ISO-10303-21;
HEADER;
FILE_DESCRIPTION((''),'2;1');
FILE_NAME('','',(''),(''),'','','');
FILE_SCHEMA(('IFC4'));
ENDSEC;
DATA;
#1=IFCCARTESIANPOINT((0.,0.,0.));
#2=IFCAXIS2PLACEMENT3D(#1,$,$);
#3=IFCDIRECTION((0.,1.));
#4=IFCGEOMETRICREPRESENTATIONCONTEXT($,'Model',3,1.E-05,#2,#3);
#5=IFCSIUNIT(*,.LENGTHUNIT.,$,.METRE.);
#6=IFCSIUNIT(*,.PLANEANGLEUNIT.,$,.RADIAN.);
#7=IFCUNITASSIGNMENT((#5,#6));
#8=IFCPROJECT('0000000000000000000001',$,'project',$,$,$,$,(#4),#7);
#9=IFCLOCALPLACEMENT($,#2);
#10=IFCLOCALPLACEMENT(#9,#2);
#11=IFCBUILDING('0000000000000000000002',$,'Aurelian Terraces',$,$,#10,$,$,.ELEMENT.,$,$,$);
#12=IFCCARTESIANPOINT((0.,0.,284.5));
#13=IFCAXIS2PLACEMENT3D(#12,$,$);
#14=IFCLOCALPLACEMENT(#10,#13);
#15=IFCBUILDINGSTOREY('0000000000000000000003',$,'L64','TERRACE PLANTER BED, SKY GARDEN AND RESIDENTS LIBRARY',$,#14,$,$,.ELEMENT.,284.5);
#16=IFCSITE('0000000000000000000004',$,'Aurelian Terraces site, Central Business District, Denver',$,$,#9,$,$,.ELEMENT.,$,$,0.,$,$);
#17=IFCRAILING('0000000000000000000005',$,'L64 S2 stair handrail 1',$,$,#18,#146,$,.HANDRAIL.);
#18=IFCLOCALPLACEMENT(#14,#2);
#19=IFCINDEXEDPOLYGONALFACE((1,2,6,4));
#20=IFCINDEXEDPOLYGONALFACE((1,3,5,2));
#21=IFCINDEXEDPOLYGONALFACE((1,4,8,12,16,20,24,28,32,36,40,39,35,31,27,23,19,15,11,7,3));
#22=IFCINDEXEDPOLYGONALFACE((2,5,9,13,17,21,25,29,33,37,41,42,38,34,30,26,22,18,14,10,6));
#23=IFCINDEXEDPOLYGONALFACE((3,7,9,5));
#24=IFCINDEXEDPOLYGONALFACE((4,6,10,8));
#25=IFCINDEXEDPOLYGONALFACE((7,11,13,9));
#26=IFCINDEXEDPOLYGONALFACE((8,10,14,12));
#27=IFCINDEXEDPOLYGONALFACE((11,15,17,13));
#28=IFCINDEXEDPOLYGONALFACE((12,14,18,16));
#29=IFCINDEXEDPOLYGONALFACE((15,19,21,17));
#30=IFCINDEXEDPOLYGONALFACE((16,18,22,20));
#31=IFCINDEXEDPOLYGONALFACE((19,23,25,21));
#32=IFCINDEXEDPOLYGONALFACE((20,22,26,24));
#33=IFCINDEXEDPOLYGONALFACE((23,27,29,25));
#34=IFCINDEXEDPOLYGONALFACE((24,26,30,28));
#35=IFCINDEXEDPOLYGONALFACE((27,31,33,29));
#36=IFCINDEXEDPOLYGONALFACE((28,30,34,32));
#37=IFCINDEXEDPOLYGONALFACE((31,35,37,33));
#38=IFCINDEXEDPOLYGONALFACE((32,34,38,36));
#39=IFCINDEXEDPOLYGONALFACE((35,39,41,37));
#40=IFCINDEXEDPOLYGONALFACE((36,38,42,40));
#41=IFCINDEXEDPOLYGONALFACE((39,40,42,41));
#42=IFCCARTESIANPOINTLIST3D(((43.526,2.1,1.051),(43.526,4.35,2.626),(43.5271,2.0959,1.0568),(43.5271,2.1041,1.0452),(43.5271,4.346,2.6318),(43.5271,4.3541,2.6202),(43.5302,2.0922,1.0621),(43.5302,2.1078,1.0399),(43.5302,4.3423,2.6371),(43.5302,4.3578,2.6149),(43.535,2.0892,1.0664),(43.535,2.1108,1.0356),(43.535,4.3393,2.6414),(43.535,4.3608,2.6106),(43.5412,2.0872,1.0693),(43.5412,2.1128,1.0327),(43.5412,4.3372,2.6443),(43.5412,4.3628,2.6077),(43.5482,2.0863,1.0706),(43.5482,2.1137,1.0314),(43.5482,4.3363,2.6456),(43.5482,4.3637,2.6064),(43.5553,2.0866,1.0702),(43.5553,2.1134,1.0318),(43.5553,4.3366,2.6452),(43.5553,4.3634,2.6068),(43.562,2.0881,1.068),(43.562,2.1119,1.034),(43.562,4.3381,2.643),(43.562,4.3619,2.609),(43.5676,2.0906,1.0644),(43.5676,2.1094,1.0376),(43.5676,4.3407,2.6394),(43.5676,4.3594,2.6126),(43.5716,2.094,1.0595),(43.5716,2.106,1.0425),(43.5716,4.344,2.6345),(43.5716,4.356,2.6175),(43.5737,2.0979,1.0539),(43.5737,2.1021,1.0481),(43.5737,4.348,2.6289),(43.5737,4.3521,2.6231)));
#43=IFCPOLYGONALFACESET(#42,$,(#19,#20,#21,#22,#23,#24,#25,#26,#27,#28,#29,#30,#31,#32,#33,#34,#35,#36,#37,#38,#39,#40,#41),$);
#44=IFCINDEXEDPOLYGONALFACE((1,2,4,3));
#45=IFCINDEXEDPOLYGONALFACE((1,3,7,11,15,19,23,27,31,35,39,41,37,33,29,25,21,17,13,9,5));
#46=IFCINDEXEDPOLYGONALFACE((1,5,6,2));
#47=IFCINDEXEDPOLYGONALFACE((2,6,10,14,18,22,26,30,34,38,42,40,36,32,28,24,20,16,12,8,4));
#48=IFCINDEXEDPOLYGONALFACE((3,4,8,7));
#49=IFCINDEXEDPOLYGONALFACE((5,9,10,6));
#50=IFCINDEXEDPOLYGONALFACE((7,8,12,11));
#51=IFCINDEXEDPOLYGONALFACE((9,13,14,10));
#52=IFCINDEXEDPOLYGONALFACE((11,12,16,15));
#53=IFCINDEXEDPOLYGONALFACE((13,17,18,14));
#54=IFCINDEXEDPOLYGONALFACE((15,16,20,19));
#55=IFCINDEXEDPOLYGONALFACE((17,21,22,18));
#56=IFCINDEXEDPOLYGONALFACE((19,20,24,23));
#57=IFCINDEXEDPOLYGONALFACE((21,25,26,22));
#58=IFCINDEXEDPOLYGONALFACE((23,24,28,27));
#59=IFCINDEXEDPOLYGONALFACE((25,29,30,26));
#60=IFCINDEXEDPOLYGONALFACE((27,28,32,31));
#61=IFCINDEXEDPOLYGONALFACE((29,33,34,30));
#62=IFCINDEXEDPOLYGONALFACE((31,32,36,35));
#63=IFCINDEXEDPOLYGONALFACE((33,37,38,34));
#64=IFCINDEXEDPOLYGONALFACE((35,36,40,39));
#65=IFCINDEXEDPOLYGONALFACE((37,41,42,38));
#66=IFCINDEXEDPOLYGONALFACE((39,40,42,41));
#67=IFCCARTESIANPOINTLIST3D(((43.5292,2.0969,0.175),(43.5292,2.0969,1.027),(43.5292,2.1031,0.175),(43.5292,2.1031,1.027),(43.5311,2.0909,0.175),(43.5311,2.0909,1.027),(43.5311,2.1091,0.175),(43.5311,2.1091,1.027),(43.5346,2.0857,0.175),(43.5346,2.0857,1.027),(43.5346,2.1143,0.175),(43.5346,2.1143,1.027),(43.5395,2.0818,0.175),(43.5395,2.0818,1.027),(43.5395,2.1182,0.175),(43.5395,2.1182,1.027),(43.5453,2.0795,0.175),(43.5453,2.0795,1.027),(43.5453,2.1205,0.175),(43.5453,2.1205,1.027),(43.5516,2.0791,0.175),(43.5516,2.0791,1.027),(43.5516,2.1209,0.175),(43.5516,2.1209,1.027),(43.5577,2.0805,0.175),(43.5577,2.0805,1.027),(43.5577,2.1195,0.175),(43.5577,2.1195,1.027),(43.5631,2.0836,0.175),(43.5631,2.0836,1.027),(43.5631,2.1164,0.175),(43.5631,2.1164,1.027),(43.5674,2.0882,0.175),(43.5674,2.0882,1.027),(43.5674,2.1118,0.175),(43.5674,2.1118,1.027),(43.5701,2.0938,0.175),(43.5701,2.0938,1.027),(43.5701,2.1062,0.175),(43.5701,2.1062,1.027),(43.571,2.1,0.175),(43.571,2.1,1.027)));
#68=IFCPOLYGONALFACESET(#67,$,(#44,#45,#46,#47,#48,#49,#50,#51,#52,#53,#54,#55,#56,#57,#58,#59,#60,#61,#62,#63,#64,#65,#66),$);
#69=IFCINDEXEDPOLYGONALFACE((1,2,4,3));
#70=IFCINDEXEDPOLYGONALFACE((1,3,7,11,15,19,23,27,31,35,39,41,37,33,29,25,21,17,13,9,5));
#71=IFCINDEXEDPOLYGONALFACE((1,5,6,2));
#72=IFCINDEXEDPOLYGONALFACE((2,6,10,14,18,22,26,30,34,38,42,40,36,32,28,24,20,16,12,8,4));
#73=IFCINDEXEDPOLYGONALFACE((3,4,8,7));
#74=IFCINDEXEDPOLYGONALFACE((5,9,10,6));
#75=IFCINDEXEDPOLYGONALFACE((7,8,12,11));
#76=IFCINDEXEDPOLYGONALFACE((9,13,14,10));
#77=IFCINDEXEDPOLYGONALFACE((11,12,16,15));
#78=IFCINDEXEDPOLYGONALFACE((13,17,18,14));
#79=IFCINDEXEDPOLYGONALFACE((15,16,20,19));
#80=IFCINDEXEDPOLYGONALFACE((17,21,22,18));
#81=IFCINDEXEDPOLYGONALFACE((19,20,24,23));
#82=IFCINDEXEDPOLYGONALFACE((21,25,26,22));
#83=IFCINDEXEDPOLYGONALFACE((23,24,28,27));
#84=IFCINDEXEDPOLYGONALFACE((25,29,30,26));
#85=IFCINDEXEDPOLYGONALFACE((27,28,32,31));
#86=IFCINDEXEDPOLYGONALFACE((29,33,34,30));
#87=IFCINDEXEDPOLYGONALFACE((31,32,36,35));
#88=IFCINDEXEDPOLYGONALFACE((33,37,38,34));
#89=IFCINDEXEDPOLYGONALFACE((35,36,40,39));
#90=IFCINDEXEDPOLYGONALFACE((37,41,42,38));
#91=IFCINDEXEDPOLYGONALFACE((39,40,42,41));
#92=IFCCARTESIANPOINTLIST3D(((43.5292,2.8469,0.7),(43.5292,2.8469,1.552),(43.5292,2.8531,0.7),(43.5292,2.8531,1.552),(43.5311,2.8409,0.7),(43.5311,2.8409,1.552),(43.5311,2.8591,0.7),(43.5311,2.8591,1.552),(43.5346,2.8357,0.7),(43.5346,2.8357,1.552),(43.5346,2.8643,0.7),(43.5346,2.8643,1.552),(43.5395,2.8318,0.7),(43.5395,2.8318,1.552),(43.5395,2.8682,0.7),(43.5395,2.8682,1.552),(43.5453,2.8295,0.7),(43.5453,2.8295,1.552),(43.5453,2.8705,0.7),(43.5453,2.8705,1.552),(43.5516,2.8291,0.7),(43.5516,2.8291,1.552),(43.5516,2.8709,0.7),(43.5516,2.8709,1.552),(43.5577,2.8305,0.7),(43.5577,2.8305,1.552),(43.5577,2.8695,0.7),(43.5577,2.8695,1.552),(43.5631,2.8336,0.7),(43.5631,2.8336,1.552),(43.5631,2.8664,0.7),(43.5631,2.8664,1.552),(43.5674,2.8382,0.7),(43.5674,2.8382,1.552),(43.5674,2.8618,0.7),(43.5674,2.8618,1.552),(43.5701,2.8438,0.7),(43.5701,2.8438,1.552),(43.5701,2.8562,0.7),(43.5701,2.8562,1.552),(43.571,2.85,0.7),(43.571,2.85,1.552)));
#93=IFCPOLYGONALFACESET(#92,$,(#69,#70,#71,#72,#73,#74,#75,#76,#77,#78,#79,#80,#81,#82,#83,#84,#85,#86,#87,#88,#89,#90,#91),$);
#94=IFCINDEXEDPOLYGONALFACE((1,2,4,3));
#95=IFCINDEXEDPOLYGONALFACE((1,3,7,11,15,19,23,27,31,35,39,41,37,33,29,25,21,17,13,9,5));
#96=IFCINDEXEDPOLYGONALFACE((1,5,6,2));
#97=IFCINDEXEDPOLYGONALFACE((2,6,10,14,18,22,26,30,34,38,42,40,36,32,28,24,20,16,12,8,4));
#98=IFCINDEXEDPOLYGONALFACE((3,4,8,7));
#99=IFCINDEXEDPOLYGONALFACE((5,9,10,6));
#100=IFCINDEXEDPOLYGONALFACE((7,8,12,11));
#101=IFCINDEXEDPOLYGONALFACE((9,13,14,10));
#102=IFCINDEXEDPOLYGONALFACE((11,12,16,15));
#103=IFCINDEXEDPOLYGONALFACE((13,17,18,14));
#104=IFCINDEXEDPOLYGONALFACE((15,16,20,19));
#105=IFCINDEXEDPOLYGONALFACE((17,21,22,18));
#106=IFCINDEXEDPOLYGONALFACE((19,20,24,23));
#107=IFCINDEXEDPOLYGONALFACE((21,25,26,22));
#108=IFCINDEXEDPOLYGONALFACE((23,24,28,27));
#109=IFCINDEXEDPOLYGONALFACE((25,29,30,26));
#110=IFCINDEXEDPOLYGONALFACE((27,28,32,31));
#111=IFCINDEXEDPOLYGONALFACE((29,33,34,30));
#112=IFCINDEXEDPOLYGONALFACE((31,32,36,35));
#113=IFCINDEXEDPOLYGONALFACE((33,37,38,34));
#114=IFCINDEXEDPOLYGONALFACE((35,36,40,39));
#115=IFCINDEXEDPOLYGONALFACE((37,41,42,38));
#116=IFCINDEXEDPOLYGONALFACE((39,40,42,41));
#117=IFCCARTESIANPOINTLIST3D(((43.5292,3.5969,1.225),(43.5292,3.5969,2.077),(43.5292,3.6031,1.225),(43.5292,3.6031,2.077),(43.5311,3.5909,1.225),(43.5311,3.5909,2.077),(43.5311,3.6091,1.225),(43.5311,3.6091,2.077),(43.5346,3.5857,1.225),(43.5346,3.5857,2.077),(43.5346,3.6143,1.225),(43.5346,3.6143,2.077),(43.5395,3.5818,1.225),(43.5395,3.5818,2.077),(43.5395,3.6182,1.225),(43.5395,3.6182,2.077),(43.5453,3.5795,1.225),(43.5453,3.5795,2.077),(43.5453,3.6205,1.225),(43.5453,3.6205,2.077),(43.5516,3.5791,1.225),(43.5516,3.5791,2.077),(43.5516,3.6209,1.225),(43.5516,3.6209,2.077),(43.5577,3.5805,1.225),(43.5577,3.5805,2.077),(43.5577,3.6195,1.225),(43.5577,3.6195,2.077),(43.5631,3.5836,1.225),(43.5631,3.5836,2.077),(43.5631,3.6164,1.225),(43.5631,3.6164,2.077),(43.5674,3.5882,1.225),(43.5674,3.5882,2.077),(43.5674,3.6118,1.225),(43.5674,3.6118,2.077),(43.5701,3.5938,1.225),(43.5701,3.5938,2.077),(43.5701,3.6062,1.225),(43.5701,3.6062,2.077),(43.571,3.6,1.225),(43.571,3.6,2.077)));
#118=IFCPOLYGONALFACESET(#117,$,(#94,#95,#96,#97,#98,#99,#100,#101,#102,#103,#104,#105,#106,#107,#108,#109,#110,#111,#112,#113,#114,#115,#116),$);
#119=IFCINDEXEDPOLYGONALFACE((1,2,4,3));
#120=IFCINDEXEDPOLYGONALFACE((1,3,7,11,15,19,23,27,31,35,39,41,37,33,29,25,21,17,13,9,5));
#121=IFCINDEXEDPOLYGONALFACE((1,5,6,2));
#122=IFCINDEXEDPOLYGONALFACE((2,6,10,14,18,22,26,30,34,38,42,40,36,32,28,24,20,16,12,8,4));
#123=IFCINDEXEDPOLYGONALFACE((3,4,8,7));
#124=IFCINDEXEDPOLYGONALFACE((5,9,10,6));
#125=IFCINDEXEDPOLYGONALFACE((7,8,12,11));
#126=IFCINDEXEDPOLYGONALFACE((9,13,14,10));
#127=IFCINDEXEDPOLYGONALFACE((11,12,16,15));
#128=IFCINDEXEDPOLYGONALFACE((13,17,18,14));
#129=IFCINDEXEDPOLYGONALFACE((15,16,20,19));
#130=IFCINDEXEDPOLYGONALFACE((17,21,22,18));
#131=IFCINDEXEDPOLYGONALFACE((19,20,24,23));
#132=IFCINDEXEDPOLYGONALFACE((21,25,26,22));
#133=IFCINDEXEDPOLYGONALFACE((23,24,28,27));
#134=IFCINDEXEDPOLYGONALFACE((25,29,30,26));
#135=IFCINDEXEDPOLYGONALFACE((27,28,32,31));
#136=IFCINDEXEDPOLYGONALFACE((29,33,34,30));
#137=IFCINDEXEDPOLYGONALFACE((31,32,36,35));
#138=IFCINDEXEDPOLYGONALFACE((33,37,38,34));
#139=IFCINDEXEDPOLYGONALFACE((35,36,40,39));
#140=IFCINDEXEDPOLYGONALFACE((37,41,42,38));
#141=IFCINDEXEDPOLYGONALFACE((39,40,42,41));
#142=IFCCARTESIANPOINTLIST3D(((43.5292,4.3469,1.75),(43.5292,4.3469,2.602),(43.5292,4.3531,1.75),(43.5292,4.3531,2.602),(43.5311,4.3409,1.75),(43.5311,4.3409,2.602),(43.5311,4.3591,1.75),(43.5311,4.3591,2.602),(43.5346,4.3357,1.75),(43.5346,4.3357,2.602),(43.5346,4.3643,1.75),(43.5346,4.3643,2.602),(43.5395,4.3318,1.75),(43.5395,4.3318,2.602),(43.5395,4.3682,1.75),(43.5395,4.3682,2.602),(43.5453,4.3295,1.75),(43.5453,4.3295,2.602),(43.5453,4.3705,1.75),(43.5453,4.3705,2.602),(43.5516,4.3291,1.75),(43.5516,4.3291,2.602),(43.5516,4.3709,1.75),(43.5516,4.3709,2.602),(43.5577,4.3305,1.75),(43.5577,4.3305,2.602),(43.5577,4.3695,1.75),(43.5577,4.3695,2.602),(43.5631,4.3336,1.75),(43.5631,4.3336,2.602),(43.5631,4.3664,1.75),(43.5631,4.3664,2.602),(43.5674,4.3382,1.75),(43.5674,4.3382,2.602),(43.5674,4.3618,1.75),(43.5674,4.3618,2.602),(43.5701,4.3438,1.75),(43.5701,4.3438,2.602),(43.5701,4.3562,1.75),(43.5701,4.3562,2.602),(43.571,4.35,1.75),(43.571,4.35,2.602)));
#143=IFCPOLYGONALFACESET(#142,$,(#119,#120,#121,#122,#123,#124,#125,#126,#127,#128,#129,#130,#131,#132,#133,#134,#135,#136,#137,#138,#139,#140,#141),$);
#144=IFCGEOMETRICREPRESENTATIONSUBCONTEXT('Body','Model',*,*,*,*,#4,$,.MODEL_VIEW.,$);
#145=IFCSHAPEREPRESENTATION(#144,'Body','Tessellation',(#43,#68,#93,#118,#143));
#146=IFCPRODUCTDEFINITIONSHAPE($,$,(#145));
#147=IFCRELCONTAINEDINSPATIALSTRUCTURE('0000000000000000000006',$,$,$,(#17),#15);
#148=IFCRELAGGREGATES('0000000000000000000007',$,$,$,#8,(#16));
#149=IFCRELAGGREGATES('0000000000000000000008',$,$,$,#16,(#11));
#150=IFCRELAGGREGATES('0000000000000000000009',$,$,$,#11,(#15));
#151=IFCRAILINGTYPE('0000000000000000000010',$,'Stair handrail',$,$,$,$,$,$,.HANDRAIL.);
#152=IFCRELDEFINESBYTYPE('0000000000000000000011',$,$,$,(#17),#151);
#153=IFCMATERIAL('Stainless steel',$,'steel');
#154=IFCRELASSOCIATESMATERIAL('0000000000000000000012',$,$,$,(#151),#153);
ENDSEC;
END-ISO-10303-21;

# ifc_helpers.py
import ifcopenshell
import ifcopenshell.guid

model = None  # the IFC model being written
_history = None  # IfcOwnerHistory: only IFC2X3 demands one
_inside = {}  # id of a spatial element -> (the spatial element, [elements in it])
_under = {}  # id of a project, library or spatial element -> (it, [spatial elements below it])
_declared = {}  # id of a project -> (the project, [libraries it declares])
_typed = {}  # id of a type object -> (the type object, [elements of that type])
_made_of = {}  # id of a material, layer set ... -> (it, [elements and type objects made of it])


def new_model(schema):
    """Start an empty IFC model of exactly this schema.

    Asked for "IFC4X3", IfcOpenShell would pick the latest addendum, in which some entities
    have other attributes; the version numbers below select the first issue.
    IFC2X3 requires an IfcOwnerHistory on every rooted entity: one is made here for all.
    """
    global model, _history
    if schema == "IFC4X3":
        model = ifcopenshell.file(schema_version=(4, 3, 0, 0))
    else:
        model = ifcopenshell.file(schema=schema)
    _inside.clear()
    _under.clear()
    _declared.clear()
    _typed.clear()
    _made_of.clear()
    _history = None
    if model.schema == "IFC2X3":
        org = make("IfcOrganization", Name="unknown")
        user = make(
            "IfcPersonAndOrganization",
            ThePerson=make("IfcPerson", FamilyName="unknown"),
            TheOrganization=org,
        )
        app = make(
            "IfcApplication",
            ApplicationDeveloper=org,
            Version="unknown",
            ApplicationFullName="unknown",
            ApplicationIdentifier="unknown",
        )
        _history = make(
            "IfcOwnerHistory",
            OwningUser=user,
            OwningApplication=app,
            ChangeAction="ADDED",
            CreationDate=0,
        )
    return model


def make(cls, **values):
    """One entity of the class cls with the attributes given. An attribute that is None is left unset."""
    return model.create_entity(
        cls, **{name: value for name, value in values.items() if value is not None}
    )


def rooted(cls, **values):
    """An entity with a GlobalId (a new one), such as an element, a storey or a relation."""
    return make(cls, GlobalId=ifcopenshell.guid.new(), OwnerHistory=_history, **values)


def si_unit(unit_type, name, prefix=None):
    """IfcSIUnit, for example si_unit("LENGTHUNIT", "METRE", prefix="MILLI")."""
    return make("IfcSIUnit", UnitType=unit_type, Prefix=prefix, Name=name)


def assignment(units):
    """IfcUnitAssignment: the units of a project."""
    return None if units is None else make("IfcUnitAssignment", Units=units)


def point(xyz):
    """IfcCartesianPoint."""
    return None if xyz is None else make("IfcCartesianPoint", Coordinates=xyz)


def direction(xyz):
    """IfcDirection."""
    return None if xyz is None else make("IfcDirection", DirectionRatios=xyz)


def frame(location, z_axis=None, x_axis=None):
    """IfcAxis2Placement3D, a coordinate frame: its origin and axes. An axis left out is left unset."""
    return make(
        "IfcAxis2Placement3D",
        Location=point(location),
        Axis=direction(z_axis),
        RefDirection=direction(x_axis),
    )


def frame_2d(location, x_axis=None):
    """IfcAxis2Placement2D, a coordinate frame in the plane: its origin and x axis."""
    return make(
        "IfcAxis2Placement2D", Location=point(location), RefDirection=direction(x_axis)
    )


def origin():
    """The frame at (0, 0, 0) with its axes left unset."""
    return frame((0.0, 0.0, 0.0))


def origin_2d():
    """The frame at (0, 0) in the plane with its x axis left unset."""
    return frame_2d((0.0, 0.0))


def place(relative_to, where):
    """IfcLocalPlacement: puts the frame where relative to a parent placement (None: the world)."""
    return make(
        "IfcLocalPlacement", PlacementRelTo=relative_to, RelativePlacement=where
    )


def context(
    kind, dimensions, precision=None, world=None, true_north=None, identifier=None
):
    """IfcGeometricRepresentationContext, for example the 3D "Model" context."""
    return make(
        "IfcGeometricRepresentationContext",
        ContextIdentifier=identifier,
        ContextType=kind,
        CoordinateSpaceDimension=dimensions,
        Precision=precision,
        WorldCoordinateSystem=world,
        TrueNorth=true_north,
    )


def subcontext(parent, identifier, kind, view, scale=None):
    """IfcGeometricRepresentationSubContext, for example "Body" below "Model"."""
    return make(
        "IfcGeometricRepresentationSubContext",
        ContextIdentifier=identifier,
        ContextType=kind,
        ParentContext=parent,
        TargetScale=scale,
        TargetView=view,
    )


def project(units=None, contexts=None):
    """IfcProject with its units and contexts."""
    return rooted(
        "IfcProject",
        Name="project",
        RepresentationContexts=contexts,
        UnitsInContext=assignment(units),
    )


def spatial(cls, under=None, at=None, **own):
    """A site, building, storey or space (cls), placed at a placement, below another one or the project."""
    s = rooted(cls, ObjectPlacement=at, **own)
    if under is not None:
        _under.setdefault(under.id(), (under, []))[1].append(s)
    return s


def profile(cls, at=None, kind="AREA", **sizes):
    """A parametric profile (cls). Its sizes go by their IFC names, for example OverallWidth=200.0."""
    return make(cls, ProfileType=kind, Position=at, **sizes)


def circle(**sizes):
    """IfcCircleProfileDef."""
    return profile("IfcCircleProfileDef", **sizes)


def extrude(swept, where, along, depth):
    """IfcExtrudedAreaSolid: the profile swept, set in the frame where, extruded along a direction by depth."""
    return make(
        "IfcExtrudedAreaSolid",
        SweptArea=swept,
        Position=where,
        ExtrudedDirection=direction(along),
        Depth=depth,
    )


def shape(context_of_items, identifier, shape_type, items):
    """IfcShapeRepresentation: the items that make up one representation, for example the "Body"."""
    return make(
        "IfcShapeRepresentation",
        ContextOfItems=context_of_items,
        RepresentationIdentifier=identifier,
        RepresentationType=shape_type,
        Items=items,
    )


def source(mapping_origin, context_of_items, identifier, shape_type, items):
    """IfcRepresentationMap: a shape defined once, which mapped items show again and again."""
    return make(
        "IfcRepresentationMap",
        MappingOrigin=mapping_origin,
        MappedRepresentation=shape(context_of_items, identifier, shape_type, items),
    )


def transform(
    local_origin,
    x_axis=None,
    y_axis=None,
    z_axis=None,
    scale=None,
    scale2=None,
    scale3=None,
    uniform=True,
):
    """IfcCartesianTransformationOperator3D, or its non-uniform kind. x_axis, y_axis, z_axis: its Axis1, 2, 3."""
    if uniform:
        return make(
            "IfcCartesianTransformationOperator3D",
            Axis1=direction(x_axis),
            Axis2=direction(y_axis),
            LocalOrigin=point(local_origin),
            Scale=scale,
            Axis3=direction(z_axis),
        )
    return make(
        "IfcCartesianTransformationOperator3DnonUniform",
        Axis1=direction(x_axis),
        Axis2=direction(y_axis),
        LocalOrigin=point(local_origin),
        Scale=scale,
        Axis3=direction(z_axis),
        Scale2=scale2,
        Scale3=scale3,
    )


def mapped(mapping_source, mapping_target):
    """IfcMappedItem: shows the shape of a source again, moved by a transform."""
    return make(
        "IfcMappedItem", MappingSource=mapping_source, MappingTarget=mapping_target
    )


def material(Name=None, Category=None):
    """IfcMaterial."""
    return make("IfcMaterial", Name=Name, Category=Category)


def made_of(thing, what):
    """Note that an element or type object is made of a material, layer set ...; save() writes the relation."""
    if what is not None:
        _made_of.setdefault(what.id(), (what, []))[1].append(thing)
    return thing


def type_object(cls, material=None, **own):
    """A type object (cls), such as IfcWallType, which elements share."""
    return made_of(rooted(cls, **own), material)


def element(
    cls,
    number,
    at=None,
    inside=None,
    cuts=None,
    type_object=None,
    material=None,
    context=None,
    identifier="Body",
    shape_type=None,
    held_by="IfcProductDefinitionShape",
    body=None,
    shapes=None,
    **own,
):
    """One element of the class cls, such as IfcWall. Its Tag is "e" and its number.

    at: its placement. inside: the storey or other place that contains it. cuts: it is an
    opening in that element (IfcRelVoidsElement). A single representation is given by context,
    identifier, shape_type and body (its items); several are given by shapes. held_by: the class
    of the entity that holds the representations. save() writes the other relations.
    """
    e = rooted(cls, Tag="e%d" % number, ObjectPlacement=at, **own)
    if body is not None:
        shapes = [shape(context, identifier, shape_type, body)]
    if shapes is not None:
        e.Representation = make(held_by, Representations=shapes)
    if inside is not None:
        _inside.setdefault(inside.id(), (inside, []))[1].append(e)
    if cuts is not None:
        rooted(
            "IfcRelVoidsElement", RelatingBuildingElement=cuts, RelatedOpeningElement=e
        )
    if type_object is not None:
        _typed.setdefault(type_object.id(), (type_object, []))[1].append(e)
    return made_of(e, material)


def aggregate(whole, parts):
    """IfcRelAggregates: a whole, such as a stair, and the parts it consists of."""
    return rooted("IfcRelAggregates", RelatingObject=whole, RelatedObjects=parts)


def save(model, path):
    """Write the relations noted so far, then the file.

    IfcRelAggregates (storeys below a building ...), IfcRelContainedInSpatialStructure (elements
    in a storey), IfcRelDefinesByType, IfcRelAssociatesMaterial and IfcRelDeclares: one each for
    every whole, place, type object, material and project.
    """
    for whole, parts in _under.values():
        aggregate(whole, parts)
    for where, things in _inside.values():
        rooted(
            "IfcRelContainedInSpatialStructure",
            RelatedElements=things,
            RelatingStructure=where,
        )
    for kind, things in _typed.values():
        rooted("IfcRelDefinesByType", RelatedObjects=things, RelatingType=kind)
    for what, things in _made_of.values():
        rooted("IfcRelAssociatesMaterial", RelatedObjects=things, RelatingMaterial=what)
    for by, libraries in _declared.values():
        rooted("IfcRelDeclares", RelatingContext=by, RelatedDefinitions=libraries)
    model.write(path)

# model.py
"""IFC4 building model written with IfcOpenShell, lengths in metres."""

from ifc_helpers import new_model, si_unit, direction, frame, origin, origin_2d, place, context, subcontext, project, spatial, circle, extrude, source, transform, mapped, material, type_object, element, save


model = new_model("IFC4")

# Units and contexts
model_context = context("Model", 3, precision=1e-05, world=origin(), true_north=direction((0.0, 1.0)))
body_context = subcontext(model_context, "Body", "Model", "MODEL_VIEW")
ifc_project = project(units=[si_unit("LENGTHUNIT", "METRE"), si_unit("PLANEANGLEUNIT", "RADIAN")], contexts=[model_context])

# Site, building, storey
site_placement = place(None, origin())
site = spatial("IfcSite", under=ifc_project, at=site_placement, Name="Aurelian Terraces site, Central Business District, Denver", CompositionType="ELEMENT", RefElevation=0.0)
building_placement = place(site_placement, origin())
building = spatial("IfcBuilding", under=site, at=building_placement, Name="Aurelian Terraces", CompositionType="ELEMENT")
storey_placement = place(building_placement, frame((0.0, 0.0, 284.5)))
storey = spatial("IfcBuildingStorey", under=building, at=storey_placement, Name="L64", Description="TERRACE PLANTER BED, SKY GARDEN AND RESIDENTS LIBRARY", CompositionType="ELEMENT", Elevation=284.5)

# Railing
ifc_material_1 = material(Name="Stainless steel", Category="steel")
railing_type_1 = type_object("IfcRailingType", Name="Stair handrail", PredefinedType="HANDRAIL", material=ifc_material_1)
shared_shape_1 = source(origin(), body_context, "Body", "SweptSolid", [
    extrude(circle(Radius=0.024, at=origin_2d()), frame((0.0, 0.0, 0.876), z_axis=(0.0, 0.819232, 0.573462), x_axis=(-1.0, 0.0, 0.0)), (0.0, 0.0, 1.0), 2.7465),
    extrude(circle(Radius=0.021, at=origin_2d()), origin(), (0.0, 0.0, 1.0), 0.852),
    extrude(circle(Radius=0.021, at=origin_2d()), frame((0.0, 0.75, 0.525)), (0.0, 0.0, 1.0), 0.852),
    extrude(circle(Radius=0.021, at=origin_2d()), frame((0.0, 1.5, 1.05)), (0.0, 0.0, 1.0), 0.852),
    extrude(circle(Radius=0.021, at=origin_2d()), frame((0.0, 2.25, 1.575)), (0.0, 0.0, 1.0), 0.852),
])
railing_1_placement = place(storey_placement, frame((43.55, 2.1, 0.175)))
element("IfcRailing", 1, at=railing_1_placement, inside=storey, type_object=railing_type_1, Name="L64 S2 stair handrail 1", PredefinedType="HANDRAIL", context=body_context, shape_type="MappedRepresentation", body=[
    mapped(shared_shape_1, transform((0.0, 0.0, 0.0), scale=1.0)),
])

save(model, "model.ifc")
